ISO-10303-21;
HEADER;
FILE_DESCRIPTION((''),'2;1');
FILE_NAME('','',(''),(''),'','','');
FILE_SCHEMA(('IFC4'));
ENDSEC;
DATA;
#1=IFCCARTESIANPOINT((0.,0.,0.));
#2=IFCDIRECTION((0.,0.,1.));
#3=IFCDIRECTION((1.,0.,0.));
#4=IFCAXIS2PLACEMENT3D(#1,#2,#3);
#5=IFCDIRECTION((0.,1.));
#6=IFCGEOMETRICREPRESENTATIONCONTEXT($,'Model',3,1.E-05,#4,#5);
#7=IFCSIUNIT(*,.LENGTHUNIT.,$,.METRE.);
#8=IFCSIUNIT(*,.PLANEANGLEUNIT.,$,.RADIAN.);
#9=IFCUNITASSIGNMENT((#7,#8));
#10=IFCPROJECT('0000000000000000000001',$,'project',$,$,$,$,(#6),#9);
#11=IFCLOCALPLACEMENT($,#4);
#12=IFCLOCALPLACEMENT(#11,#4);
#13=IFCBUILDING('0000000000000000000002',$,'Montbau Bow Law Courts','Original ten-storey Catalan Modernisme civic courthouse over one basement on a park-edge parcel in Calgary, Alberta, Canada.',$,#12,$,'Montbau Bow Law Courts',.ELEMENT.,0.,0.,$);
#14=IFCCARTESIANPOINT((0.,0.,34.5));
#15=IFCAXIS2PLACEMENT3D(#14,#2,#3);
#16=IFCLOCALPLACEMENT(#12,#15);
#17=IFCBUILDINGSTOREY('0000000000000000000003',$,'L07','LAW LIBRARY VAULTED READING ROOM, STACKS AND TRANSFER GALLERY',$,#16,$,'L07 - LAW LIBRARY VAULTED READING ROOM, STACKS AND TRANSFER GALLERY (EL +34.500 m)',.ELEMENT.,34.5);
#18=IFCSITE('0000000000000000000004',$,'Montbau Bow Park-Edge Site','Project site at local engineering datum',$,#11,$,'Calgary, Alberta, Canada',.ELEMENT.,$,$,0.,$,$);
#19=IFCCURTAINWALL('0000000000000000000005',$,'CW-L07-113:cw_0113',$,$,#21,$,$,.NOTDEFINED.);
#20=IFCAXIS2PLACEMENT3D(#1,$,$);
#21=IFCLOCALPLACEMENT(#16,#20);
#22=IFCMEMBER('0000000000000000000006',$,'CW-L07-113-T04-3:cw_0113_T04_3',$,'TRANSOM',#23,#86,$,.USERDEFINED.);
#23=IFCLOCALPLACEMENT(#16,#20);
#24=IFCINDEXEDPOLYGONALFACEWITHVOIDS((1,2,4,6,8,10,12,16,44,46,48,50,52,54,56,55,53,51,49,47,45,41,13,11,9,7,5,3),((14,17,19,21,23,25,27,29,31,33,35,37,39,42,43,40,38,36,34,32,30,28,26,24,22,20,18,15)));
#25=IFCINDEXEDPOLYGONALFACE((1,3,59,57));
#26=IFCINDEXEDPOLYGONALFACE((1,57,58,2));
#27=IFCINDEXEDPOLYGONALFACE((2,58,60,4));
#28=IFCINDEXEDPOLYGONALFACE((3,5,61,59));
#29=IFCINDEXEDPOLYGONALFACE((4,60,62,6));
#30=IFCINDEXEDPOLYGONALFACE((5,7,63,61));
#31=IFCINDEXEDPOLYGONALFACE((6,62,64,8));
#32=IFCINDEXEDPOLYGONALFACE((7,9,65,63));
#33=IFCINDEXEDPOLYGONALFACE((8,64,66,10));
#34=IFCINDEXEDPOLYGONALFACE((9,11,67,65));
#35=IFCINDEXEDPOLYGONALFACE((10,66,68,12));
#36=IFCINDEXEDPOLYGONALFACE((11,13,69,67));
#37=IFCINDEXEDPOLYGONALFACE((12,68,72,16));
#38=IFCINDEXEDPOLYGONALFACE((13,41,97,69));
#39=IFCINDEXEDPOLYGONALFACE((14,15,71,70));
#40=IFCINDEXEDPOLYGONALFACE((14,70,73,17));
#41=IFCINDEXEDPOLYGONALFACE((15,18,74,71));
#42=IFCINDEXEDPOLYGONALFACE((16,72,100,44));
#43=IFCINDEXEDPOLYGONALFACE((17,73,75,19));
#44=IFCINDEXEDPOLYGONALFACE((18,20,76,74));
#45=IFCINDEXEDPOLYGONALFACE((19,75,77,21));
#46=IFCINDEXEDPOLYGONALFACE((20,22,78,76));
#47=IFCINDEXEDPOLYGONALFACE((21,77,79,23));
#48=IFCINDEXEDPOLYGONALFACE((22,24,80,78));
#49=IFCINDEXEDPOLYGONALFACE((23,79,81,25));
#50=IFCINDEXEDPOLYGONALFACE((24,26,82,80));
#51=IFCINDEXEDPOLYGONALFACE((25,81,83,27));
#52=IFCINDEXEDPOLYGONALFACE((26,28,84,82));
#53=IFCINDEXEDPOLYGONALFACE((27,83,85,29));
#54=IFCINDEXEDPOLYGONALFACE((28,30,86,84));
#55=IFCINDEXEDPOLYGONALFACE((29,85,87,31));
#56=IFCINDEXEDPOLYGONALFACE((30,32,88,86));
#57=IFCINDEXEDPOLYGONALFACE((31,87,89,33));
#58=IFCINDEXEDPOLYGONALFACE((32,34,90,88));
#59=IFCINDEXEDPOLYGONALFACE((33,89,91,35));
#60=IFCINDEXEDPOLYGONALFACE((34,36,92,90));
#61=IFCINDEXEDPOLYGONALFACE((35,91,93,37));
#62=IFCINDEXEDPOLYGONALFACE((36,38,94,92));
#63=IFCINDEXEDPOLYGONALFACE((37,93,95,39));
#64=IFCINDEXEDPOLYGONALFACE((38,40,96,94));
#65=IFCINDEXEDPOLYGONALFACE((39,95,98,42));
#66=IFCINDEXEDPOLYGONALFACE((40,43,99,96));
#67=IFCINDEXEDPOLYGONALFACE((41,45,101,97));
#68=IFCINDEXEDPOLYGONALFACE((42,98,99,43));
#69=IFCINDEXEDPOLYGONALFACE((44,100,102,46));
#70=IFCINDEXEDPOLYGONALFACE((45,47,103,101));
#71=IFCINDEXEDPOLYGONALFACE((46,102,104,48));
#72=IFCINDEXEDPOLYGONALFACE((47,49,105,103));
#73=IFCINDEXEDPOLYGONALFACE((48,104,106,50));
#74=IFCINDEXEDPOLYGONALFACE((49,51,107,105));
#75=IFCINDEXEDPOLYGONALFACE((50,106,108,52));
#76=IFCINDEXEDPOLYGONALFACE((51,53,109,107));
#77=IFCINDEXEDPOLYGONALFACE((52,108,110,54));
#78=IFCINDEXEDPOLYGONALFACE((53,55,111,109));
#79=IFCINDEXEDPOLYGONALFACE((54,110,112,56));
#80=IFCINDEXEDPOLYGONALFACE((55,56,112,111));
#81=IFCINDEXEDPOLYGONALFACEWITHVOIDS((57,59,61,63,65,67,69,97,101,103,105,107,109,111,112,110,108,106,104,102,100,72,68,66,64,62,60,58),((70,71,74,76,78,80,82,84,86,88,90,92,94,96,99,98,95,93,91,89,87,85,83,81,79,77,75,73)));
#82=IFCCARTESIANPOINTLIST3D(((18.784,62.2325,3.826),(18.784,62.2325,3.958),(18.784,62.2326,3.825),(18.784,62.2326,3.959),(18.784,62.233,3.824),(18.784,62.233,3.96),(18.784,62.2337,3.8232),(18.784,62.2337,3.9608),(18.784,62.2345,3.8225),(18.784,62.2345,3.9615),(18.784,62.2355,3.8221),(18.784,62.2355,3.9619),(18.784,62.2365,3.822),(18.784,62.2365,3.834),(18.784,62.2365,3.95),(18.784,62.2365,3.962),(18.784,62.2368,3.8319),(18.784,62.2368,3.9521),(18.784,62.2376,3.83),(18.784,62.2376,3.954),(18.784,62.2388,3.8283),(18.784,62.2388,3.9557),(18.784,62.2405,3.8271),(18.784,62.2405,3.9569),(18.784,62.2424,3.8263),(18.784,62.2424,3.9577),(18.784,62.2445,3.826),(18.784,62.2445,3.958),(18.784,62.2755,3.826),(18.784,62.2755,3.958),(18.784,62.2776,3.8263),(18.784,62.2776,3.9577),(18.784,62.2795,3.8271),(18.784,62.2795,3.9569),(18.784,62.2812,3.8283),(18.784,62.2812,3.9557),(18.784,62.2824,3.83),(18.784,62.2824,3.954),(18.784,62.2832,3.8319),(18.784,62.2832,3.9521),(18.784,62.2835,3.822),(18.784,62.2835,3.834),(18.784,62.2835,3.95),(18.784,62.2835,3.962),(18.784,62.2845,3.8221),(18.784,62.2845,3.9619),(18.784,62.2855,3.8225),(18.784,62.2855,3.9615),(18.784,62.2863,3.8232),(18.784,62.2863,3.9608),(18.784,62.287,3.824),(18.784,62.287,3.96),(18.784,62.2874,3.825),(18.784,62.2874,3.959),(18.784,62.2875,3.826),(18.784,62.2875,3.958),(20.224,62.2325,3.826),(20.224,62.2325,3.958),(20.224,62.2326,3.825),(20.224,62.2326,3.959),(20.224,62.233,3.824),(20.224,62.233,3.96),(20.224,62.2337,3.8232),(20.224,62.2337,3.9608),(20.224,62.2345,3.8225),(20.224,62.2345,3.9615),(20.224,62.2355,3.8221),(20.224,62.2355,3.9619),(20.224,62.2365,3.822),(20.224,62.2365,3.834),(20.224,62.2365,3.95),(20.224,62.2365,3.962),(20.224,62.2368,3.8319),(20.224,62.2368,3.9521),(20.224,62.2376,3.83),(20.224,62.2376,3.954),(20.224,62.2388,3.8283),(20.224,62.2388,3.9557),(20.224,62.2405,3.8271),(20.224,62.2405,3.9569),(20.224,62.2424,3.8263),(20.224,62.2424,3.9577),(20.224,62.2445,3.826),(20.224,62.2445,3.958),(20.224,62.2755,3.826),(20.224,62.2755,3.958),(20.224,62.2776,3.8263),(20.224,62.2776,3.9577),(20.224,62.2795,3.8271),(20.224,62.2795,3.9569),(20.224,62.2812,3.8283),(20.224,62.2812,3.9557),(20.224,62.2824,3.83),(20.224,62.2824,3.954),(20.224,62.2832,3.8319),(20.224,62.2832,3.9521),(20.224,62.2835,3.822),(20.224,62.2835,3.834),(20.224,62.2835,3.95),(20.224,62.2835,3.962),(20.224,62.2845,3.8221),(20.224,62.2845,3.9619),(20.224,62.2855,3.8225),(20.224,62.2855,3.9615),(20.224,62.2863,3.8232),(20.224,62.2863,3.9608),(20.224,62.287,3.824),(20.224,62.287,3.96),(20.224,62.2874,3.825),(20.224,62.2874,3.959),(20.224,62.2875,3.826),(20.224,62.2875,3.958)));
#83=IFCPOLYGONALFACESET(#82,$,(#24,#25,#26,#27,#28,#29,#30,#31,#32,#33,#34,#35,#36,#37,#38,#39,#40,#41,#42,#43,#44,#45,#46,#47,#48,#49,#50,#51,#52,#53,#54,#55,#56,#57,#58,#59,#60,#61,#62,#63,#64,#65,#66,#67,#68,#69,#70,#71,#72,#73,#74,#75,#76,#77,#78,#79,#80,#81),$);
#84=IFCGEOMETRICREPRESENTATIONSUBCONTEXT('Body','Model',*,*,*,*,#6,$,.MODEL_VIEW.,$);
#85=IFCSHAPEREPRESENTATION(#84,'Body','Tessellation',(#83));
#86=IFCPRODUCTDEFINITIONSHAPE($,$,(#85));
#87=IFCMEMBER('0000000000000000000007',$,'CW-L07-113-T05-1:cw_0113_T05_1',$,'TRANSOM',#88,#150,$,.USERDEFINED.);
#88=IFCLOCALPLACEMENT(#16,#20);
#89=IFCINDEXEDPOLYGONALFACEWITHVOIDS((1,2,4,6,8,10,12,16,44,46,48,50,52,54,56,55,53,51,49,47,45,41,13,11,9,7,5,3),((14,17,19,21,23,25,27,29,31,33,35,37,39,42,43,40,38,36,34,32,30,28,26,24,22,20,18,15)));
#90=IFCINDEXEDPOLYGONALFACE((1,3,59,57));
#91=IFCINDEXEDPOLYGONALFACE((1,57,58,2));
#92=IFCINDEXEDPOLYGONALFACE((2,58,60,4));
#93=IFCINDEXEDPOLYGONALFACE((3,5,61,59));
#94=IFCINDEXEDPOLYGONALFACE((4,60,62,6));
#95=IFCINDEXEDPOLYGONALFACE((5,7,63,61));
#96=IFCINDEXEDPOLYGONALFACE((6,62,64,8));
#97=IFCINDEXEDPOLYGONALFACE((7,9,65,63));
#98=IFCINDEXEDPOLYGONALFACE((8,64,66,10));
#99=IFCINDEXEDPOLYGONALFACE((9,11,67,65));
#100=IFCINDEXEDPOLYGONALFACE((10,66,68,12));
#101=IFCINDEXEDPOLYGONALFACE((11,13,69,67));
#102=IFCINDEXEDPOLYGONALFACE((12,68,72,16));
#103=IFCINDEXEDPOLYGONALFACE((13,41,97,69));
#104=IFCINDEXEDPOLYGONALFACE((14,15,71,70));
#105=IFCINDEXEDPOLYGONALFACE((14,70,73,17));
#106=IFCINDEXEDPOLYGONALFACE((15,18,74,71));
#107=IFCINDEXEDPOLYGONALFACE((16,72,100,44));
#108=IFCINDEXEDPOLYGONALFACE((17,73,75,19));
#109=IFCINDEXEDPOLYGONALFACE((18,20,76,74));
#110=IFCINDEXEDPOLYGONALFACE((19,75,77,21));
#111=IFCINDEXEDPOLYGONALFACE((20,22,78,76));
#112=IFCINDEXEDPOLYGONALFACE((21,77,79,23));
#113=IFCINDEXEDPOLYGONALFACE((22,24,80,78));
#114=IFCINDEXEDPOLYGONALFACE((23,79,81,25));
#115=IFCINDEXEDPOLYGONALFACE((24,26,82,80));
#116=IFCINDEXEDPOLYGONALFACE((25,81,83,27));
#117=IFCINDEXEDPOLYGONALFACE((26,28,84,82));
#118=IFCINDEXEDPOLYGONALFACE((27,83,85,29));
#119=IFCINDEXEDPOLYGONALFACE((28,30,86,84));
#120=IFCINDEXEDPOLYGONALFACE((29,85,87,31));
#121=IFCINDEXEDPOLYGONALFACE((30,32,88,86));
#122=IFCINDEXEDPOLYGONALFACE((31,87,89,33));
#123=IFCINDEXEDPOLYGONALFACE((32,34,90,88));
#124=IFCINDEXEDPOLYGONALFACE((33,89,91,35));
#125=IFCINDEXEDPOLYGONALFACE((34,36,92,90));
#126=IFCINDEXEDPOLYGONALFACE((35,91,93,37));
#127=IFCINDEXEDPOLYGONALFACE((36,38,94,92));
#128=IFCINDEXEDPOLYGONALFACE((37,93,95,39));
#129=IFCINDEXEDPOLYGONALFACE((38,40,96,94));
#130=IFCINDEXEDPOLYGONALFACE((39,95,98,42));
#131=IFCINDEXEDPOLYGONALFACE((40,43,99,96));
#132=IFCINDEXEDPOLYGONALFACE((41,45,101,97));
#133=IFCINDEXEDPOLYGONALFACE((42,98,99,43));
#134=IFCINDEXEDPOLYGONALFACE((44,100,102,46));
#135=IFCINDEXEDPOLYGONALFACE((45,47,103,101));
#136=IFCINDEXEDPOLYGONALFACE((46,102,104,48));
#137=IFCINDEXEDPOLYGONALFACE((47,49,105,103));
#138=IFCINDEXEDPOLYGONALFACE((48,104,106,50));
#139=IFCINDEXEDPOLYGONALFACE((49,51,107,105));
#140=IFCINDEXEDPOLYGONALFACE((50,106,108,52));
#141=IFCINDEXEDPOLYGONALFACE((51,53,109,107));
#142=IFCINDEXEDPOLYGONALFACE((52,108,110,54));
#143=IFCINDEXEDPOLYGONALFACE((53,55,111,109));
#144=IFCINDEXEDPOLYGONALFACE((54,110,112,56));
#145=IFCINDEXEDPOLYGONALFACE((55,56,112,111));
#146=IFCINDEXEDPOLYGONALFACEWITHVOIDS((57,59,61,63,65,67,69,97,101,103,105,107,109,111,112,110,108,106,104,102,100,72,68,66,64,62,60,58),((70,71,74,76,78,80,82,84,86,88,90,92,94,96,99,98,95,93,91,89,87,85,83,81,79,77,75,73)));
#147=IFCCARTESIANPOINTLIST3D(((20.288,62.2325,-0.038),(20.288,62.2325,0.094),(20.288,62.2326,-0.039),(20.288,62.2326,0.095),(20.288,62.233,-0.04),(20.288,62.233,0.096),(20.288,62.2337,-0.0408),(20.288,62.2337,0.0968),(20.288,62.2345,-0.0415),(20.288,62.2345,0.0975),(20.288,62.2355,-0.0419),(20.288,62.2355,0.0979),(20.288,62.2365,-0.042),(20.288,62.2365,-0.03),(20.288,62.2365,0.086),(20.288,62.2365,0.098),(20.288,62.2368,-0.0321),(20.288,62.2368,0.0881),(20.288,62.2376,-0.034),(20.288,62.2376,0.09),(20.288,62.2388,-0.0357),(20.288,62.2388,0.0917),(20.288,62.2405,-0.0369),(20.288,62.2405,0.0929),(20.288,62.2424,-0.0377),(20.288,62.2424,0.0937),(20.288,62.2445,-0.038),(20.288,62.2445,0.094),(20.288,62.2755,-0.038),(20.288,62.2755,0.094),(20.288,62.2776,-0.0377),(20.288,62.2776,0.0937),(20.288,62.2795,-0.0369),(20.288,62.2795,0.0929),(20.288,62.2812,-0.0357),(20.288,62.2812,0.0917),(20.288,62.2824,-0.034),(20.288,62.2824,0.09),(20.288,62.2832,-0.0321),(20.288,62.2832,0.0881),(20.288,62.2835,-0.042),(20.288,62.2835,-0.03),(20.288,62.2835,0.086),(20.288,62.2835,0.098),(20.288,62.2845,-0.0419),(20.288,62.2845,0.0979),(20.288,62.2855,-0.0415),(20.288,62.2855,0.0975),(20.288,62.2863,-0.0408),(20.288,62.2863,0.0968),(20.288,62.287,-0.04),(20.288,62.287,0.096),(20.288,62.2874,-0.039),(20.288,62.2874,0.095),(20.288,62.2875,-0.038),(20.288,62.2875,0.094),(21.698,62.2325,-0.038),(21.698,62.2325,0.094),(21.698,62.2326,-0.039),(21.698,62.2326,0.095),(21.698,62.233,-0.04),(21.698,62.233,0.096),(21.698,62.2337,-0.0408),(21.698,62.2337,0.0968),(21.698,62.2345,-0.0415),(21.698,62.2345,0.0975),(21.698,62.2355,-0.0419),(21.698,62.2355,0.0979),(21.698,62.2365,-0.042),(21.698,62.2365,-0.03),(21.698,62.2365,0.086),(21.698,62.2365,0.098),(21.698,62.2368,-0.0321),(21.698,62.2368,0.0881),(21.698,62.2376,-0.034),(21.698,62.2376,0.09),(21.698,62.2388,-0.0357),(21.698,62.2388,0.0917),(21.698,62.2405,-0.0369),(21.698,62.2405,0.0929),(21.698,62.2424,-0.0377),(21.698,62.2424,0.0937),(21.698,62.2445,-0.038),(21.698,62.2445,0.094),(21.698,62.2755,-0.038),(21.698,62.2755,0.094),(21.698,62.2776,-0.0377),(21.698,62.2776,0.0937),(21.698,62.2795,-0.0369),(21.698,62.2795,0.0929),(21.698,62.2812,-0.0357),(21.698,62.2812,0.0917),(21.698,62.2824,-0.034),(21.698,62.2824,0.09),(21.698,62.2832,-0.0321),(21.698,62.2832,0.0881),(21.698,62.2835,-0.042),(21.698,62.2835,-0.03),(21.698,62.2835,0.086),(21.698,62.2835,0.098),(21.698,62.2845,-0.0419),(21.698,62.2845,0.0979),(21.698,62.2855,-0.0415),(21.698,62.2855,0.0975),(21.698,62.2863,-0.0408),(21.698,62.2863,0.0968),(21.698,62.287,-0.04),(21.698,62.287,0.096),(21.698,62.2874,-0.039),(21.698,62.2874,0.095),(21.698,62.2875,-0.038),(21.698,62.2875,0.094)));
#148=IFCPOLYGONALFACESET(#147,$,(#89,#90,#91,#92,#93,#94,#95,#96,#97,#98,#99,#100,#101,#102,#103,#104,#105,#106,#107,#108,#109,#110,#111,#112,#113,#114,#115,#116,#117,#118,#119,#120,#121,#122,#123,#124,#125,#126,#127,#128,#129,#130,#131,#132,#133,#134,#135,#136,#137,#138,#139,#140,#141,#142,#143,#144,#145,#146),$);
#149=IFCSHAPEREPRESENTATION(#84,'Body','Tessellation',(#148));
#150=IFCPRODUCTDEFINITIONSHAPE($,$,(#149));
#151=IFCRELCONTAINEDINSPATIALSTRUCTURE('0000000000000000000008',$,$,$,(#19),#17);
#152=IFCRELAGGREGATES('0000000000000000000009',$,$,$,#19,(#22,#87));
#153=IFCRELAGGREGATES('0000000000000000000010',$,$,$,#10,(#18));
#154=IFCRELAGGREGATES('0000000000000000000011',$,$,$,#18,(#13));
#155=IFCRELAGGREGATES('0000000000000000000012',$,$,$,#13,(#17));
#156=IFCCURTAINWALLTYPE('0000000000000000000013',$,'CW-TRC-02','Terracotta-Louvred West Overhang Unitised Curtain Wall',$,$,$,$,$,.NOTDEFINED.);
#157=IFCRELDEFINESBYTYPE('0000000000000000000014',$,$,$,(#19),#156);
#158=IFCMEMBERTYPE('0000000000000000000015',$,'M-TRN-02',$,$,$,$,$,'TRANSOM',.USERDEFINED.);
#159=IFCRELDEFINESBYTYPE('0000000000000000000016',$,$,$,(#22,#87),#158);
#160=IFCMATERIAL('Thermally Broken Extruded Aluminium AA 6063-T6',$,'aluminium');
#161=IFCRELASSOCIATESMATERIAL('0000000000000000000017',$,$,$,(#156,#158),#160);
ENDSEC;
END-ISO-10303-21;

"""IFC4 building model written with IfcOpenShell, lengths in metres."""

from ifc_helpers import new_model, si_unit, direction, frame, origin_with_axes, origin_2d_with_axis, place, context, subcontext, project, spatial, hollow_rectangle, extrude, material, material_profile, profile_set, type_object, element, aggregate, save


model = new_model("IFC4")

# Units and contexts
model_context = context("Model", 3, precision=1e-05, world=origin_with_axes(), true_north=direction((0.0, 1.0)))
body_context = subcontext(model_context, "Body", "Model", "MODEL_VIEW")
ifc_project = project(units=[si_unit("LENGTHUNIT", "METRE"), si_unit("PLANEANGLEUNIT", "RADIAN")], contexts=[model_context])

# Site, building, storey
site_placement = place(None, origin_with_axes())
site = spatial("IfcSite", under=ifc_project, at=site_placement, Name="Montbau Bow Park-Edge Site", Description="Project site at local engineering datum", LongName="Calgary, Alberta, Canada", CompositionType="ELEMENT", RefElevation=0.0)
building_placement = place(site_placement, origin_with_axes())
building = spatial("IfcBuilding", under=site, at=building_placement, Name="Montbau Bow Law Courts", Description="Original ten-storey Catalan Modernisme civic courthouse over one basement on a park-edge parcel in Calgary, Alberta, Canada.", LongName="Montbau Bow Law Courts", CompositionType="ELEMENT", ElevationOfRefHeight=0.0, ElevationOfTerrain=0.0)
storey_placement = place(building_placement, frame((0.0, 0.0, 34.5), z_axis=(0.0, 0.0, 1.0), x_axis=(1.0, 0.0, 0.0)))
storey = spatial("IfcBuildingStorey", under=building, at=storey_placement, Name="L07", Description="LAW LIBRARY VAULTED READING ROOM, STACKS AND TRANSFER GALLERY", LongName="L07 - LAW LIBRARY VAULTED READING ROOM, STACKS AND TRANSFER GALLERY (EL +34.500 m)", CompositionType="ELEMENT", Elevation=34.5)

# Curtain wall, members
ifc_material_1 = material(Name="Thermally Broken Extruded Aluminium AA 6063-T6", Category="aluminium")
curtain_wall_type = type_object("IfcCurtainWallType", Name="CW-TRC-02", Description="Terracotta-Louvred West Overhang Unitised Curtain Wall", PredefinedType="NOTDEFINED", material=ifc_material_1)
curtain_wall_placement = place(None, frame((14.24, 62.26, 34.5), z_axis=(0.0, 0.0, 1.0), x_axis=(1.0, 0.0, 0.0)))
curtain_wall = element("IfcCurtainWall", 1, at=curtain_wall_placement, inside=storey, type_object=curtain_wall_type, Name="CW-L07-113:cw_0113", PredefinedType="NOTDEFINED")
ifc_material_profile_1 = material_profile(ifc_material_1, hollow_rectangle(XDim=0.055, YDim=0.14, WallThickness=0.004, InnerFilletRadius=0.008, OuterFilletRadius=0.004, at=origin_2d_with_axis()), Name="CWT-140X55", Category="Main", Priority=0)
ifc_profile_set_1 = profile_set([ifc_material_profile_1], Name="Thermally Broken Extruded Aluminium AA 6063-T6")
member_type_1 = type_object("IfcMemberType", Name="M-TRN-02", ElementType="TRANSOM", PredefinedType="USERDEFINED", material=ifc_profile_set_1)
member_1_placement = place(None, frame((18.784, 62.26, 38.392), z_axis=(1.0, 0.0, 0.0), x_axis=(0.0, 1.0, 0.0)))
member_1 = element("IfcMember", 2, at=member_1_placement, type_object=member_type_1, Name="CW-L07-113-T04-3:cw_0113_T04_3", ObjectType="TRANSOM", PredefinedType="USERDEFINED", context=body_context, shape_type="SweptSolid", body=[
    extrude(hollow_rectangle(XDim=0.055, YDim=0.14, WallThickness=0.004, InnerFilletRadius=0.008, OuterFilletRadius=0.004, at=origin_2d_with_axis()), origin_with_axes(), (0.0, 0.0, 1.0), 1.44),
])
member_2_placement = place(None, frame((20.288, 62.26, 34.528), z_axis=(1.0, 0.0, 0.0), x_axis=(0.0, 1.0, 0.0)))
member_2 = element("IfcMember", 3, at=member_2_placement, type_object=member_type_1, Name="CW-L07-113-T05-1:cw_0113_T05_1", ObjectType="TRANSOM", PredefinedType="USERDEFINED", context=body_context, shape_type="SweptSolid", body=[
    extrude(hollow_rectangle(XDim=0.055, YDim=0.14, WallThickness=0.004, InnerFilletRadius=0.008, OuterFilletRadius=0.004, at=origin_2d_with_axis()), origin_with_axes(), (0.0, 0.0, 1.0), 1.41),
])
aggregate(curtain_wall, [member_1, member_2])

save(model, "model.ifc")
